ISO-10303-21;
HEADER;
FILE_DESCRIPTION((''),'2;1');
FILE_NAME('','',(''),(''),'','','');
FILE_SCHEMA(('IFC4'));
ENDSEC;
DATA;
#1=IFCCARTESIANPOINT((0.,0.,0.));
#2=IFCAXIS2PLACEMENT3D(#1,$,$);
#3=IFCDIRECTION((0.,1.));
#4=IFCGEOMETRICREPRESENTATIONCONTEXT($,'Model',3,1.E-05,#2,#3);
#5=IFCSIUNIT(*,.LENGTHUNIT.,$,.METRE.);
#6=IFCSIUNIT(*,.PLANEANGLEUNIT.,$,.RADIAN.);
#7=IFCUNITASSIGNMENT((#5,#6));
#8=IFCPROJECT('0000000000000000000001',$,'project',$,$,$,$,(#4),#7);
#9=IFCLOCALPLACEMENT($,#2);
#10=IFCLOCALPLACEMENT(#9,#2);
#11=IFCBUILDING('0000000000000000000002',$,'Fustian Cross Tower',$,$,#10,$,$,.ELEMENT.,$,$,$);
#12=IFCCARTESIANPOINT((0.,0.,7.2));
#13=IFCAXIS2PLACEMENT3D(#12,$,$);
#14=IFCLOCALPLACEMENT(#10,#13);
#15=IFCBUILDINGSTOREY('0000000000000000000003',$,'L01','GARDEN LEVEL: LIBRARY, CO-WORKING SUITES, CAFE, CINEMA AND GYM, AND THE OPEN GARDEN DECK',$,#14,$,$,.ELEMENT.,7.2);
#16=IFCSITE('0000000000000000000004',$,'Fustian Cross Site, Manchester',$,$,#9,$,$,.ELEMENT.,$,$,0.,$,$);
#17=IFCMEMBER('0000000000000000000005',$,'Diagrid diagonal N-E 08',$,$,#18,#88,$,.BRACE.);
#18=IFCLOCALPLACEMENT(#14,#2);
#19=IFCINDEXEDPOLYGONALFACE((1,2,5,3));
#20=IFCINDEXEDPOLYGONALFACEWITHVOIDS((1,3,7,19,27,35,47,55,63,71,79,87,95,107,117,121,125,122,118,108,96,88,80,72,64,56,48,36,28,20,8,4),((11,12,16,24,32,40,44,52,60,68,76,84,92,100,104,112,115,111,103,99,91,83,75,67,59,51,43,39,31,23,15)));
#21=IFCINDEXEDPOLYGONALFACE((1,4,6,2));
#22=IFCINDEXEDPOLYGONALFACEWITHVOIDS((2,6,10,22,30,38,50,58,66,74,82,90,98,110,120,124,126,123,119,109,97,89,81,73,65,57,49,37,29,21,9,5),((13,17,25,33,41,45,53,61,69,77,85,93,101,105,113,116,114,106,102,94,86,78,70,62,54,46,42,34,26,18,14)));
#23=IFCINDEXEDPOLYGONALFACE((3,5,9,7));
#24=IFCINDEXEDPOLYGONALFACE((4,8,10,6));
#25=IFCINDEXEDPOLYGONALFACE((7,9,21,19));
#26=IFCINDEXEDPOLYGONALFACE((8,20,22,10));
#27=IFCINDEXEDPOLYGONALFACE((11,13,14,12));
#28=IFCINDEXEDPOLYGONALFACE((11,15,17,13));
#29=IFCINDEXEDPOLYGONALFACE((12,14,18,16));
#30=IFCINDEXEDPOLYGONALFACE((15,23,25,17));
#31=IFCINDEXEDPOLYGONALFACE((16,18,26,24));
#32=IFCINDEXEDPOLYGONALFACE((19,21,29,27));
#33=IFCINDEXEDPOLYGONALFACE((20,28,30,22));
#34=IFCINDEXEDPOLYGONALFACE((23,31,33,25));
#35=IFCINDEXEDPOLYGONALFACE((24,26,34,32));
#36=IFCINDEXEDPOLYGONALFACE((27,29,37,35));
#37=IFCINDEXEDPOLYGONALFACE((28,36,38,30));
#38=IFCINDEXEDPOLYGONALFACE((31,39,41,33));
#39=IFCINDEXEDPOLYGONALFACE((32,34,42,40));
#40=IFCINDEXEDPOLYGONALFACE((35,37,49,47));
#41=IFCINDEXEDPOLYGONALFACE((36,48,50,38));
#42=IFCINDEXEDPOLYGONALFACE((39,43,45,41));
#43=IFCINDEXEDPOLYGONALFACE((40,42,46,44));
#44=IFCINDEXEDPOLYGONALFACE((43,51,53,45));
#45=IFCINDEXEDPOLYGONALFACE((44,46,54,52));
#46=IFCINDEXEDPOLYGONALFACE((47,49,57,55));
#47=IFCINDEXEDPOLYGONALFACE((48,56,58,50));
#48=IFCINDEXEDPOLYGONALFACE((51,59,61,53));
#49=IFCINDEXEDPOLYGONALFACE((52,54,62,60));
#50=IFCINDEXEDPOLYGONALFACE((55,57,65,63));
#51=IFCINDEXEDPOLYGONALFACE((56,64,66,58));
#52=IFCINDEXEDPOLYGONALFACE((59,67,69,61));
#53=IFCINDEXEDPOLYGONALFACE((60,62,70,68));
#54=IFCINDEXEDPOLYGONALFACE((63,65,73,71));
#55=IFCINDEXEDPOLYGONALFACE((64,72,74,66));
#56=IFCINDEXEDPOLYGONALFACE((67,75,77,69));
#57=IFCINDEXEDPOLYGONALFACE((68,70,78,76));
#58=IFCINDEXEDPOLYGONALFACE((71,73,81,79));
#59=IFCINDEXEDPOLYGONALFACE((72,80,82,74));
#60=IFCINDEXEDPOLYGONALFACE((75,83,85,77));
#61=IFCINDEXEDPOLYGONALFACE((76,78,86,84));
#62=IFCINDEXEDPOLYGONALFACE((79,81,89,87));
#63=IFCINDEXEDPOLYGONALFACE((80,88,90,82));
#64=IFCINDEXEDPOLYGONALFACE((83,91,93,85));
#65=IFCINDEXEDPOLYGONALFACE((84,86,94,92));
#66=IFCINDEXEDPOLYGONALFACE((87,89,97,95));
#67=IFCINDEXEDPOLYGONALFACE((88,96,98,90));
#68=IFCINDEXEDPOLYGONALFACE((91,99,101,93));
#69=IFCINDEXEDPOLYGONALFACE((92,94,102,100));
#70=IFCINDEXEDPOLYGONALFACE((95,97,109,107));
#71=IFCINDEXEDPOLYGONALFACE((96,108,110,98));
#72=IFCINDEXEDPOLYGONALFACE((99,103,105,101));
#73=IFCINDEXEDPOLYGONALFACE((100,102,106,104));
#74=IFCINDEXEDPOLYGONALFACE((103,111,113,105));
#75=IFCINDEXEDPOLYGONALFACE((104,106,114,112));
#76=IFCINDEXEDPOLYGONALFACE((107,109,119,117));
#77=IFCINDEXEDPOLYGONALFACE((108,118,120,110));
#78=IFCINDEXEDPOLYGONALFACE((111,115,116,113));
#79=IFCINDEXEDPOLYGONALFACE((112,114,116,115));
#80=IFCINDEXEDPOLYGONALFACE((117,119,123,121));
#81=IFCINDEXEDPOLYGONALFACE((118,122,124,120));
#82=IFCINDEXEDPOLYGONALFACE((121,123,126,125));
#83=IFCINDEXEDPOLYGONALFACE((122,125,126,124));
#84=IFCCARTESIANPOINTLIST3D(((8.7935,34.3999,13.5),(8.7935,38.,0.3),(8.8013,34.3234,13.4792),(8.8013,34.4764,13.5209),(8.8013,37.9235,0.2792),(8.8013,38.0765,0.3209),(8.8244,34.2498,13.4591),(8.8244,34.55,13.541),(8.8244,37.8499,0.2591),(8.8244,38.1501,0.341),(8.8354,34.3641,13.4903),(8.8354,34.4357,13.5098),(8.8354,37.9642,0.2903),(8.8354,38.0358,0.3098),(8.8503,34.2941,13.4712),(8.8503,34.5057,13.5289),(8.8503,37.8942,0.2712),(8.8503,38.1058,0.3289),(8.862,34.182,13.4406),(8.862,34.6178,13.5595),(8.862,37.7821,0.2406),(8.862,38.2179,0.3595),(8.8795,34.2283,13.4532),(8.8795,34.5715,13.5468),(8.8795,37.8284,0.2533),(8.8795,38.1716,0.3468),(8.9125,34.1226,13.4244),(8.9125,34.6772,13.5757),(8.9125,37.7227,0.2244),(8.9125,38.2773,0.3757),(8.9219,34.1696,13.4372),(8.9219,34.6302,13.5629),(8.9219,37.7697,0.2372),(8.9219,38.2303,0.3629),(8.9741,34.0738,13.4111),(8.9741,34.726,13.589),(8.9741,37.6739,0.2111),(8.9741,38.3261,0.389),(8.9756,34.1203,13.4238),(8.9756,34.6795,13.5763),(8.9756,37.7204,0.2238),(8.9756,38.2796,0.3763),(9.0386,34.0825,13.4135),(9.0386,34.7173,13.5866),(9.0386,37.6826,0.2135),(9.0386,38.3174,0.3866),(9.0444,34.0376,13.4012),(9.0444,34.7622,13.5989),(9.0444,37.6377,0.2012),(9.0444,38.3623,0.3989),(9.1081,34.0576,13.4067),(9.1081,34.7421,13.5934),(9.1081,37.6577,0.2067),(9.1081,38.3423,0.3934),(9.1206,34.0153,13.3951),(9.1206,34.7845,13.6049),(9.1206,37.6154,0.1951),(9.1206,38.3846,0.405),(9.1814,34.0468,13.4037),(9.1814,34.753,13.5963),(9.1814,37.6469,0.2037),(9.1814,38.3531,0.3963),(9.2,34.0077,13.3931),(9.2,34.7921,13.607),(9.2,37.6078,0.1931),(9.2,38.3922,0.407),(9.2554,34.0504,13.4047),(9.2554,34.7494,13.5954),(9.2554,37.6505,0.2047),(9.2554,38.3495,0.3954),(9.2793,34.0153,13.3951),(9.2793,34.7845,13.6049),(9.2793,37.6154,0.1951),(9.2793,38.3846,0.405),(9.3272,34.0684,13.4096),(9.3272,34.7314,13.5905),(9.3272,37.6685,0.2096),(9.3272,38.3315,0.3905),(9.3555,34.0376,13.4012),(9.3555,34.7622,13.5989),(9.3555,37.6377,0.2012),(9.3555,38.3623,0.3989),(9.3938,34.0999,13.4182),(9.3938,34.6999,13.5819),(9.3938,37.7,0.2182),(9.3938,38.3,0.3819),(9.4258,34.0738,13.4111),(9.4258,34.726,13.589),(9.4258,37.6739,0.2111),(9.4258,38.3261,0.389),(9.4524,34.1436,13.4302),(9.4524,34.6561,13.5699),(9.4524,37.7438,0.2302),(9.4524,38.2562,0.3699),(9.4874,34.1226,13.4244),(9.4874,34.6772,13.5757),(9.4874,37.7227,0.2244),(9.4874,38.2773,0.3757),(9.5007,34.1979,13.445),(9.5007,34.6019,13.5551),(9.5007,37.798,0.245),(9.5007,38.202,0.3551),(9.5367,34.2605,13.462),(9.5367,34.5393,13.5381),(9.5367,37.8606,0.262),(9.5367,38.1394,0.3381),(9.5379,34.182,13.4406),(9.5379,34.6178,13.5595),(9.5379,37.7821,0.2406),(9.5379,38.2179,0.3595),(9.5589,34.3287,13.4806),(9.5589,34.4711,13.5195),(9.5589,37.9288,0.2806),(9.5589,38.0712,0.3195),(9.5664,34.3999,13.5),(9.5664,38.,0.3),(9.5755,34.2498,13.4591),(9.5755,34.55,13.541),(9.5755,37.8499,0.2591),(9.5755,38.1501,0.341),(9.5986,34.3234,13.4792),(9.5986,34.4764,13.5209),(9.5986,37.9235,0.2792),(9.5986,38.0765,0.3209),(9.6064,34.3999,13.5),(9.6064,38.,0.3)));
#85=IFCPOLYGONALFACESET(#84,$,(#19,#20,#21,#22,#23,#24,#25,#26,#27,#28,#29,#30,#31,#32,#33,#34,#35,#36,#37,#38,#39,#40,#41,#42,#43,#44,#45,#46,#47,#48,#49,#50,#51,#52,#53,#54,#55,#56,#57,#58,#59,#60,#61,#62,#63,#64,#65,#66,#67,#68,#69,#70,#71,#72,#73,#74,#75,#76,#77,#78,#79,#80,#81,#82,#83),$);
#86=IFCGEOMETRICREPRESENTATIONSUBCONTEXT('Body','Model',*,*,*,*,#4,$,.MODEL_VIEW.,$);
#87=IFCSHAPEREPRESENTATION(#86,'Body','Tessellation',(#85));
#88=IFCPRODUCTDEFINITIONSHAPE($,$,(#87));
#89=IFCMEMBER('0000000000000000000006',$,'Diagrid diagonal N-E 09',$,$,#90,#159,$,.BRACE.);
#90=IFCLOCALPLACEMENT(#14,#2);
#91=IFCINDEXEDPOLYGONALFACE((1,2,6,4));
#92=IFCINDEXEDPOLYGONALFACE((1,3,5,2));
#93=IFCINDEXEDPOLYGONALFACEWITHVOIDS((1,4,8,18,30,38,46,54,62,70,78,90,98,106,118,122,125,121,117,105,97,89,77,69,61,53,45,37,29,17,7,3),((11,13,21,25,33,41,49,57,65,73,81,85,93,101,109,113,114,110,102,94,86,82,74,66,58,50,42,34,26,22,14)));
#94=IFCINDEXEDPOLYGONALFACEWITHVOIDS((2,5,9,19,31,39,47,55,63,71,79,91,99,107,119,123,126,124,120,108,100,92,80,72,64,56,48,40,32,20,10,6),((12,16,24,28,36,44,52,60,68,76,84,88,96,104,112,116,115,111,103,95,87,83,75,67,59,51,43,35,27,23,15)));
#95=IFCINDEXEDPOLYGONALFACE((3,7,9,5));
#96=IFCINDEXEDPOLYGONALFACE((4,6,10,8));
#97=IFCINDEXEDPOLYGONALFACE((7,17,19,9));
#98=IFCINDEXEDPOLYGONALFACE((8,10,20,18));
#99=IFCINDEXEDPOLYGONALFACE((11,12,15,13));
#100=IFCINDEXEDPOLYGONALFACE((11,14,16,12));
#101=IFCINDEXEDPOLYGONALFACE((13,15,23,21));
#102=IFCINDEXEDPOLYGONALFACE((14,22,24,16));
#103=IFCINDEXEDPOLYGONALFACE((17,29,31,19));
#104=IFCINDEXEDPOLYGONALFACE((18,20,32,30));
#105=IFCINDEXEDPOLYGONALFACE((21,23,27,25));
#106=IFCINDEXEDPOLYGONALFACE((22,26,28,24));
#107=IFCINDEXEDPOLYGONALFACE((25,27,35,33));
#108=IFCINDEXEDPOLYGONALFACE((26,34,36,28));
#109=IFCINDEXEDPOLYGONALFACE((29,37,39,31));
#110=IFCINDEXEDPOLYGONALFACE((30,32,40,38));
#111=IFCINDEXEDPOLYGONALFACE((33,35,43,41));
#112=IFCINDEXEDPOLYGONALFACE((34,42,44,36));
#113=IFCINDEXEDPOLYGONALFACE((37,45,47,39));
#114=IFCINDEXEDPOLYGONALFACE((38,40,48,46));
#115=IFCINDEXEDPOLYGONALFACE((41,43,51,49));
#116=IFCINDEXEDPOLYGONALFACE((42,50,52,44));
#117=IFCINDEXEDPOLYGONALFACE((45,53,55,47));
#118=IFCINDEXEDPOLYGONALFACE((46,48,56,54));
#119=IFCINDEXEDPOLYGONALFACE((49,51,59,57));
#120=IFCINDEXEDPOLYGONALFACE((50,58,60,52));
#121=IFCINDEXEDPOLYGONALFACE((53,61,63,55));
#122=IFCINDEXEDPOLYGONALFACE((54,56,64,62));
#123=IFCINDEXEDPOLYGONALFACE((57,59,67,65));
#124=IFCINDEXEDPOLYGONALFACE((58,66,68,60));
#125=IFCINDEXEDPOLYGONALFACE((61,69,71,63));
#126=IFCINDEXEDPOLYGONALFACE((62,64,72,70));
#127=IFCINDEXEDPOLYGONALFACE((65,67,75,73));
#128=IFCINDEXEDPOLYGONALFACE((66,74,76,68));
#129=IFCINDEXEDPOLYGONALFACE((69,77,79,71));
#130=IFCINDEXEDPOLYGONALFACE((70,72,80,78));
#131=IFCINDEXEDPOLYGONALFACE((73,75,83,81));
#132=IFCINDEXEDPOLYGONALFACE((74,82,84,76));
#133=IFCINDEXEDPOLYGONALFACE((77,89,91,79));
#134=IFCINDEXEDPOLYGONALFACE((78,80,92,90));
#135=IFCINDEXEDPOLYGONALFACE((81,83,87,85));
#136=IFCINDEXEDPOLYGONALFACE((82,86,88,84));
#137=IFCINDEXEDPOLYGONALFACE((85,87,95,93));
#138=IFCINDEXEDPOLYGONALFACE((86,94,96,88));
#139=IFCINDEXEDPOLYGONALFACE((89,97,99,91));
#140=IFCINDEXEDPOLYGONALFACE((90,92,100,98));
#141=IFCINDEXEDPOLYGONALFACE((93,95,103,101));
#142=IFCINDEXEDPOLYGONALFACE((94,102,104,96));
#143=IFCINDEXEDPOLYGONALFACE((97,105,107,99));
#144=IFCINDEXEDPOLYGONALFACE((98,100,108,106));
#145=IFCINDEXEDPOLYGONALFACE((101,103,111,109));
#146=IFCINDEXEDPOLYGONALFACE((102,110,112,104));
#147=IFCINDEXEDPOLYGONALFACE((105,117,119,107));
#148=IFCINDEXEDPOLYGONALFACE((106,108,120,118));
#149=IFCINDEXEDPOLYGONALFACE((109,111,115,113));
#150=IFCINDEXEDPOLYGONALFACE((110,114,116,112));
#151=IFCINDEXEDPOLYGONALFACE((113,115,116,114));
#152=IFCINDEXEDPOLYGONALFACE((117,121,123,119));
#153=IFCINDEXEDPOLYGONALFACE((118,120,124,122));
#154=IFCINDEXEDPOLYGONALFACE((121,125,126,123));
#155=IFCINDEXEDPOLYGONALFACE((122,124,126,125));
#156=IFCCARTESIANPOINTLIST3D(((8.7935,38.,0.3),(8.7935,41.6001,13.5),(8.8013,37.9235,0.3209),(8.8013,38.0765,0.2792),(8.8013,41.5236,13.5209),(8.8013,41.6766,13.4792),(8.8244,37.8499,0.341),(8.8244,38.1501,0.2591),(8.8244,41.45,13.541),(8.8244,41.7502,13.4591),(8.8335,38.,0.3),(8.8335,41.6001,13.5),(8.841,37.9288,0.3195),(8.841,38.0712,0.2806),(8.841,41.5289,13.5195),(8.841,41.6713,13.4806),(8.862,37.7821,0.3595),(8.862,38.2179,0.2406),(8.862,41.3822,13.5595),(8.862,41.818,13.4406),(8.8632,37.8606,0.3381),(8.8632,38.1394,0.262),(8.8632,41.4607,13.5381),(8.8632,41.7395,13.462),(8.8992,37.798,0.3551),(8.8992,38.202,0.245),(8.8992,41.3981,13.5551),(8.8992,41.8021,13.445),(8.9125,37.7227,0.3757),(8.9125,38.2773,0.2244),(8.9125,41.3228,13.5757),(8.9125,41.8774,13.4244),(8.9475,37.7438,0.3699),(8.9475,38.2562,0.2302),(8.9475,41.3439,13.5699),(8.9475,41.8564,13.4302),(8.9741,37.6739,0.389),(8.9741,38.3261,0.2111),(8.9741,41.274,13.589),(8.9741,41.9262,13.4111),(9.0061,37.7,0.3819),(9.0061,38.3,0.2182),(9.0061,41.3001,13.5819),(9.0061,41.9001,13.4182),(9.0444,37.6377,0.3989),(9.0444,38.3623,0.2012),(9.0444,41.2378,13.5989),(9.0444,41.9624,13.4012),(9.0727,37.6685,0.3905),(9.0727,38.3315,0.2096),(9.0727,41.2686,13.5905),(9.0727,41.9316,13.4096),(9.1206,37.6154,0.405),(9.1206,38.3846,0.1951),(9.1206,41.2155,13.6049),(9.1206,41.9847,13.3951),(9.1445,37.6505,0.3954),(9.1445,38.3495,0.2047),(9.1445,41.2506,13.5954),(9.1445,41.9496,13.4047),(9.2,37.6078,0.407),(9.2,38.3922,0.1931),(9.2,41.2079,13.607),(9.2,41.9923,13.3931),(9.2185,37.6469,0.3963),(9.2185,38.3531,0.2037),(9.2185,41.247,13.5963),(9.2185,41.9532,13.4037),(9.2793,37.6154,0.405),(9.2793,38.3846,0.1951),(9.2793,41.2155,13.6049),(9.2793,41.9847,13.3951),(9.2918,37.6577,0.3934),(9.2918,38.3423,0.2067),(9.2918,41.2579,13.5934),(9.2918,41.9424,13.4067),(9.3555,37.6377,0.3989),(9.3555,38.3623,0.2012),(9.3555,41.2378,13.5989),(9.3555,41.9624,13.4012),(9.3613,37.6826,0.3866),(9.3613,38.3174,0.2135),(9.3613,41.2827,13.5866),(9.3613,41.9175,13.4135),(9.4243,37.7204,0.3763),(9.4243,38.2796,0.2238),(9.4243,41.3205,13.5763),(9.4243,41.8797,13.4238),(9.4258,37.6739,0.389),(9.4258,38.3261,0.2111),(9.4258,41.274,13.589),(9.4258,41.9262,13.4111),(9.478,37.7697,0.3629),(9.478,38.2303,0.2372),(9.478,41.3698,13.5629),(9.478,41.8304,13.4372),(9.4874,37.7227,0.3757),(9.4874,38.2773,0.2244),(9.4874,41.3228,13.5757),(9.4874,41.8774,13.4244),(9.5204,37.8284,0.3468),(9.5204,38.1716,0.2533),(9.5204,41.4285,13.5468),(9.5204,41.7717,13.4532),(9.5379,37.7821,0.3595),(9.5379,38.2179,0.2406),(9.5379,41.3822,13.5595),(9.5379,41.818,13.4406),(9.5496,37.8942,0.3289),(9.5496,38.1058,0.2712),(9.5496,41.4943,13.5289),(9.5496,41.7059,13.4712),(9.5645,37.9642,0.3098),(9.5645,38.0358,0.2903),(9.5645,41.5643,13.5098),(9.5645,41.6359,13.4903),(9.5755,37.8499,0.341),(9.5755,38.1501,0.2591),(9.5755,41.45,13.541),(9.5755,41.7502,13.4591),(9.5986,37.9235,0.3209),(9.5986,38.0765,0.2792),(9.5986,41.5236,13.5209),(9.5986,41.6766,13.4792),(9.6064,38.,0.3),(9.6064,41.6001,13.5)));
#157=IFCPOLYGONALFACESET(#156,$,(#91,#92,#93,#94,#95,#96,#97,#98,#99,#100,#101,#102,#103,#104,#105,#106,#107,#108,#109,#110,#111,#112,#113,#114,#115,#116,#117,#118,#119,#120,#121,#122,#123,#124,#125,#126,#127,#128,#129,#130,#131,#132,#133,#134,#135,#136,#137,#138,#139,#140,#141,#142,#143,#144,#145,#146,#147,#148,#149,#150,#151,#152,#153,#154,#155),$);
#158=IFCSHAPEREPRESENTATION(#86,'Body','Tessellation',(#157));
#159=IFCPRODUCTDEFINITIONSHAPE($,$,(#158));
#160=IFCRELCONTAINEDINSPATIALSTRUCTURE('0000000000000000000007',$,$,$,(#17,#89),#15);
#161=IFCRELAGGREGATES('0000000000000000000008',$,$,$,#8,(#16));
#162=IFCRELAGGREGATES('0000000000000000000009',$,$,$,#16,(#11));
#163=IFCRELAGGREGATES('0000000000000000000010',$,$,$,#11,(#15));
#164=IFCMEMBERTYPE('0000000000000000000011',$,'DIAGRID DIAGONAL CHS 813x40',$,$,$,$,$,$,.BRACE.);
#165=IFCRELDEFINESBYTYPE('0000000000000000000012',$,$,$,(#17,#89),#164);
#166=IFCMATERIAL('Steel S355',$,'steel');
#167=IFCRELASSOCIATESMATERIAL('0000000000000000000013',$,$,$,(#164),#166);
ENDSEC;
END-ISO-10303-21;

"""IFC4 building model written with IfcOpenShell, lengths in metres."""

from ifc_helpers import new_model, si_unit, direction, frame, origin, origin_2d, place, context, subcontext, project, spatial, hollow_circle, extrude, material, material_profile, profile_set, type_object, element, save


model = new_model("IFC4")

# Units and contexts
model_context = context("Model", 3, precision=1e-05, world=origin(), true_north=direction((0.0, 1.0)))
body_context = subcontext(model_context, "Body", "Model", "MODEL_VIEW")
ifc_project = project(units=[si_unit("LENGTHUNIT", "METRE"), si_unit("PLANEANGLEUNIT", "RADIAN")], contexts=[model_context])

# Site, building, storey
site_placement = place(None, origin())
site = spatial("IfcSite", under=ifc_project, at=site_placement, Name="Fustian Cross Site, Manchester", CompositionType="ELEMENT", RefElevation=0.0)
building_placement = place(site_placement, origin())
building = spatial("IfcBuilding", under=site, at=building_placement, Name="Fustian Cross Tower", CompositionType="ELEMENT")
storey_placement = place(building_placement, frame((0.0, 0.0, 7.2)))
storey = spatial("IfcBuildingStorey", under=building, at=storey_placement, Name="L01", Description="GARDEN LEVEL: LIBRARY, CO-WORKING SUITES, CAFE, CINEMA AND GYM, AND THE OPEN GARDEN DECK", CompositionType="ELEMENT", Elevation=7.2)

# Members
ifc_material_1 = material(Name="Steel S355", Category="steel")
ifc_material_profile_1 = material_profile(ifc_material_1, hollow_circle(Radius=0.4065, WallThickness=0.04, at=origin_2d()), Name="CHS 813x40")
ifc_profile_set_1 = profile_set([ifc_material_profile_1], Name="Steel S355")
member_type_1 = type_object("IfcMemberType", Name="DIAGRID DIAGONAL CHS 813x40", PredefinedType="BRACE", material=ifc_profile_set_1)
for number, where, z_axis, x_axis, name in (
    (1, (9.2, 38.0, 0.3), (0.0, -0.263125, 0.964762), (1.0, 0.0, 0.0), "Diagrid diagonal N-E 08"),
    (2, (9.2, 38.0, 0.3), (0.0, 0.263125, 0.964762), (-1.0, 0.0, 0.0), "Diagrid diagonal N-E 09"),
):
    element("IfcMember", number, at=place(storey_placement, frame(where, z_axis=z_axis, x_axis=x_axis)), inside=storey, type_object=member_type_1, Name=name, PredefinedType="BRACE", context=body_context, shape_type="SweptSolid", body=[
        extrude(hollow_circle(Radius=0.4065, WallThickness=0.04, at=origin_2d()), origin(), (0.0, 0.0, 1.0), 13.6821),
    ])

save(model, "model.ifc")
